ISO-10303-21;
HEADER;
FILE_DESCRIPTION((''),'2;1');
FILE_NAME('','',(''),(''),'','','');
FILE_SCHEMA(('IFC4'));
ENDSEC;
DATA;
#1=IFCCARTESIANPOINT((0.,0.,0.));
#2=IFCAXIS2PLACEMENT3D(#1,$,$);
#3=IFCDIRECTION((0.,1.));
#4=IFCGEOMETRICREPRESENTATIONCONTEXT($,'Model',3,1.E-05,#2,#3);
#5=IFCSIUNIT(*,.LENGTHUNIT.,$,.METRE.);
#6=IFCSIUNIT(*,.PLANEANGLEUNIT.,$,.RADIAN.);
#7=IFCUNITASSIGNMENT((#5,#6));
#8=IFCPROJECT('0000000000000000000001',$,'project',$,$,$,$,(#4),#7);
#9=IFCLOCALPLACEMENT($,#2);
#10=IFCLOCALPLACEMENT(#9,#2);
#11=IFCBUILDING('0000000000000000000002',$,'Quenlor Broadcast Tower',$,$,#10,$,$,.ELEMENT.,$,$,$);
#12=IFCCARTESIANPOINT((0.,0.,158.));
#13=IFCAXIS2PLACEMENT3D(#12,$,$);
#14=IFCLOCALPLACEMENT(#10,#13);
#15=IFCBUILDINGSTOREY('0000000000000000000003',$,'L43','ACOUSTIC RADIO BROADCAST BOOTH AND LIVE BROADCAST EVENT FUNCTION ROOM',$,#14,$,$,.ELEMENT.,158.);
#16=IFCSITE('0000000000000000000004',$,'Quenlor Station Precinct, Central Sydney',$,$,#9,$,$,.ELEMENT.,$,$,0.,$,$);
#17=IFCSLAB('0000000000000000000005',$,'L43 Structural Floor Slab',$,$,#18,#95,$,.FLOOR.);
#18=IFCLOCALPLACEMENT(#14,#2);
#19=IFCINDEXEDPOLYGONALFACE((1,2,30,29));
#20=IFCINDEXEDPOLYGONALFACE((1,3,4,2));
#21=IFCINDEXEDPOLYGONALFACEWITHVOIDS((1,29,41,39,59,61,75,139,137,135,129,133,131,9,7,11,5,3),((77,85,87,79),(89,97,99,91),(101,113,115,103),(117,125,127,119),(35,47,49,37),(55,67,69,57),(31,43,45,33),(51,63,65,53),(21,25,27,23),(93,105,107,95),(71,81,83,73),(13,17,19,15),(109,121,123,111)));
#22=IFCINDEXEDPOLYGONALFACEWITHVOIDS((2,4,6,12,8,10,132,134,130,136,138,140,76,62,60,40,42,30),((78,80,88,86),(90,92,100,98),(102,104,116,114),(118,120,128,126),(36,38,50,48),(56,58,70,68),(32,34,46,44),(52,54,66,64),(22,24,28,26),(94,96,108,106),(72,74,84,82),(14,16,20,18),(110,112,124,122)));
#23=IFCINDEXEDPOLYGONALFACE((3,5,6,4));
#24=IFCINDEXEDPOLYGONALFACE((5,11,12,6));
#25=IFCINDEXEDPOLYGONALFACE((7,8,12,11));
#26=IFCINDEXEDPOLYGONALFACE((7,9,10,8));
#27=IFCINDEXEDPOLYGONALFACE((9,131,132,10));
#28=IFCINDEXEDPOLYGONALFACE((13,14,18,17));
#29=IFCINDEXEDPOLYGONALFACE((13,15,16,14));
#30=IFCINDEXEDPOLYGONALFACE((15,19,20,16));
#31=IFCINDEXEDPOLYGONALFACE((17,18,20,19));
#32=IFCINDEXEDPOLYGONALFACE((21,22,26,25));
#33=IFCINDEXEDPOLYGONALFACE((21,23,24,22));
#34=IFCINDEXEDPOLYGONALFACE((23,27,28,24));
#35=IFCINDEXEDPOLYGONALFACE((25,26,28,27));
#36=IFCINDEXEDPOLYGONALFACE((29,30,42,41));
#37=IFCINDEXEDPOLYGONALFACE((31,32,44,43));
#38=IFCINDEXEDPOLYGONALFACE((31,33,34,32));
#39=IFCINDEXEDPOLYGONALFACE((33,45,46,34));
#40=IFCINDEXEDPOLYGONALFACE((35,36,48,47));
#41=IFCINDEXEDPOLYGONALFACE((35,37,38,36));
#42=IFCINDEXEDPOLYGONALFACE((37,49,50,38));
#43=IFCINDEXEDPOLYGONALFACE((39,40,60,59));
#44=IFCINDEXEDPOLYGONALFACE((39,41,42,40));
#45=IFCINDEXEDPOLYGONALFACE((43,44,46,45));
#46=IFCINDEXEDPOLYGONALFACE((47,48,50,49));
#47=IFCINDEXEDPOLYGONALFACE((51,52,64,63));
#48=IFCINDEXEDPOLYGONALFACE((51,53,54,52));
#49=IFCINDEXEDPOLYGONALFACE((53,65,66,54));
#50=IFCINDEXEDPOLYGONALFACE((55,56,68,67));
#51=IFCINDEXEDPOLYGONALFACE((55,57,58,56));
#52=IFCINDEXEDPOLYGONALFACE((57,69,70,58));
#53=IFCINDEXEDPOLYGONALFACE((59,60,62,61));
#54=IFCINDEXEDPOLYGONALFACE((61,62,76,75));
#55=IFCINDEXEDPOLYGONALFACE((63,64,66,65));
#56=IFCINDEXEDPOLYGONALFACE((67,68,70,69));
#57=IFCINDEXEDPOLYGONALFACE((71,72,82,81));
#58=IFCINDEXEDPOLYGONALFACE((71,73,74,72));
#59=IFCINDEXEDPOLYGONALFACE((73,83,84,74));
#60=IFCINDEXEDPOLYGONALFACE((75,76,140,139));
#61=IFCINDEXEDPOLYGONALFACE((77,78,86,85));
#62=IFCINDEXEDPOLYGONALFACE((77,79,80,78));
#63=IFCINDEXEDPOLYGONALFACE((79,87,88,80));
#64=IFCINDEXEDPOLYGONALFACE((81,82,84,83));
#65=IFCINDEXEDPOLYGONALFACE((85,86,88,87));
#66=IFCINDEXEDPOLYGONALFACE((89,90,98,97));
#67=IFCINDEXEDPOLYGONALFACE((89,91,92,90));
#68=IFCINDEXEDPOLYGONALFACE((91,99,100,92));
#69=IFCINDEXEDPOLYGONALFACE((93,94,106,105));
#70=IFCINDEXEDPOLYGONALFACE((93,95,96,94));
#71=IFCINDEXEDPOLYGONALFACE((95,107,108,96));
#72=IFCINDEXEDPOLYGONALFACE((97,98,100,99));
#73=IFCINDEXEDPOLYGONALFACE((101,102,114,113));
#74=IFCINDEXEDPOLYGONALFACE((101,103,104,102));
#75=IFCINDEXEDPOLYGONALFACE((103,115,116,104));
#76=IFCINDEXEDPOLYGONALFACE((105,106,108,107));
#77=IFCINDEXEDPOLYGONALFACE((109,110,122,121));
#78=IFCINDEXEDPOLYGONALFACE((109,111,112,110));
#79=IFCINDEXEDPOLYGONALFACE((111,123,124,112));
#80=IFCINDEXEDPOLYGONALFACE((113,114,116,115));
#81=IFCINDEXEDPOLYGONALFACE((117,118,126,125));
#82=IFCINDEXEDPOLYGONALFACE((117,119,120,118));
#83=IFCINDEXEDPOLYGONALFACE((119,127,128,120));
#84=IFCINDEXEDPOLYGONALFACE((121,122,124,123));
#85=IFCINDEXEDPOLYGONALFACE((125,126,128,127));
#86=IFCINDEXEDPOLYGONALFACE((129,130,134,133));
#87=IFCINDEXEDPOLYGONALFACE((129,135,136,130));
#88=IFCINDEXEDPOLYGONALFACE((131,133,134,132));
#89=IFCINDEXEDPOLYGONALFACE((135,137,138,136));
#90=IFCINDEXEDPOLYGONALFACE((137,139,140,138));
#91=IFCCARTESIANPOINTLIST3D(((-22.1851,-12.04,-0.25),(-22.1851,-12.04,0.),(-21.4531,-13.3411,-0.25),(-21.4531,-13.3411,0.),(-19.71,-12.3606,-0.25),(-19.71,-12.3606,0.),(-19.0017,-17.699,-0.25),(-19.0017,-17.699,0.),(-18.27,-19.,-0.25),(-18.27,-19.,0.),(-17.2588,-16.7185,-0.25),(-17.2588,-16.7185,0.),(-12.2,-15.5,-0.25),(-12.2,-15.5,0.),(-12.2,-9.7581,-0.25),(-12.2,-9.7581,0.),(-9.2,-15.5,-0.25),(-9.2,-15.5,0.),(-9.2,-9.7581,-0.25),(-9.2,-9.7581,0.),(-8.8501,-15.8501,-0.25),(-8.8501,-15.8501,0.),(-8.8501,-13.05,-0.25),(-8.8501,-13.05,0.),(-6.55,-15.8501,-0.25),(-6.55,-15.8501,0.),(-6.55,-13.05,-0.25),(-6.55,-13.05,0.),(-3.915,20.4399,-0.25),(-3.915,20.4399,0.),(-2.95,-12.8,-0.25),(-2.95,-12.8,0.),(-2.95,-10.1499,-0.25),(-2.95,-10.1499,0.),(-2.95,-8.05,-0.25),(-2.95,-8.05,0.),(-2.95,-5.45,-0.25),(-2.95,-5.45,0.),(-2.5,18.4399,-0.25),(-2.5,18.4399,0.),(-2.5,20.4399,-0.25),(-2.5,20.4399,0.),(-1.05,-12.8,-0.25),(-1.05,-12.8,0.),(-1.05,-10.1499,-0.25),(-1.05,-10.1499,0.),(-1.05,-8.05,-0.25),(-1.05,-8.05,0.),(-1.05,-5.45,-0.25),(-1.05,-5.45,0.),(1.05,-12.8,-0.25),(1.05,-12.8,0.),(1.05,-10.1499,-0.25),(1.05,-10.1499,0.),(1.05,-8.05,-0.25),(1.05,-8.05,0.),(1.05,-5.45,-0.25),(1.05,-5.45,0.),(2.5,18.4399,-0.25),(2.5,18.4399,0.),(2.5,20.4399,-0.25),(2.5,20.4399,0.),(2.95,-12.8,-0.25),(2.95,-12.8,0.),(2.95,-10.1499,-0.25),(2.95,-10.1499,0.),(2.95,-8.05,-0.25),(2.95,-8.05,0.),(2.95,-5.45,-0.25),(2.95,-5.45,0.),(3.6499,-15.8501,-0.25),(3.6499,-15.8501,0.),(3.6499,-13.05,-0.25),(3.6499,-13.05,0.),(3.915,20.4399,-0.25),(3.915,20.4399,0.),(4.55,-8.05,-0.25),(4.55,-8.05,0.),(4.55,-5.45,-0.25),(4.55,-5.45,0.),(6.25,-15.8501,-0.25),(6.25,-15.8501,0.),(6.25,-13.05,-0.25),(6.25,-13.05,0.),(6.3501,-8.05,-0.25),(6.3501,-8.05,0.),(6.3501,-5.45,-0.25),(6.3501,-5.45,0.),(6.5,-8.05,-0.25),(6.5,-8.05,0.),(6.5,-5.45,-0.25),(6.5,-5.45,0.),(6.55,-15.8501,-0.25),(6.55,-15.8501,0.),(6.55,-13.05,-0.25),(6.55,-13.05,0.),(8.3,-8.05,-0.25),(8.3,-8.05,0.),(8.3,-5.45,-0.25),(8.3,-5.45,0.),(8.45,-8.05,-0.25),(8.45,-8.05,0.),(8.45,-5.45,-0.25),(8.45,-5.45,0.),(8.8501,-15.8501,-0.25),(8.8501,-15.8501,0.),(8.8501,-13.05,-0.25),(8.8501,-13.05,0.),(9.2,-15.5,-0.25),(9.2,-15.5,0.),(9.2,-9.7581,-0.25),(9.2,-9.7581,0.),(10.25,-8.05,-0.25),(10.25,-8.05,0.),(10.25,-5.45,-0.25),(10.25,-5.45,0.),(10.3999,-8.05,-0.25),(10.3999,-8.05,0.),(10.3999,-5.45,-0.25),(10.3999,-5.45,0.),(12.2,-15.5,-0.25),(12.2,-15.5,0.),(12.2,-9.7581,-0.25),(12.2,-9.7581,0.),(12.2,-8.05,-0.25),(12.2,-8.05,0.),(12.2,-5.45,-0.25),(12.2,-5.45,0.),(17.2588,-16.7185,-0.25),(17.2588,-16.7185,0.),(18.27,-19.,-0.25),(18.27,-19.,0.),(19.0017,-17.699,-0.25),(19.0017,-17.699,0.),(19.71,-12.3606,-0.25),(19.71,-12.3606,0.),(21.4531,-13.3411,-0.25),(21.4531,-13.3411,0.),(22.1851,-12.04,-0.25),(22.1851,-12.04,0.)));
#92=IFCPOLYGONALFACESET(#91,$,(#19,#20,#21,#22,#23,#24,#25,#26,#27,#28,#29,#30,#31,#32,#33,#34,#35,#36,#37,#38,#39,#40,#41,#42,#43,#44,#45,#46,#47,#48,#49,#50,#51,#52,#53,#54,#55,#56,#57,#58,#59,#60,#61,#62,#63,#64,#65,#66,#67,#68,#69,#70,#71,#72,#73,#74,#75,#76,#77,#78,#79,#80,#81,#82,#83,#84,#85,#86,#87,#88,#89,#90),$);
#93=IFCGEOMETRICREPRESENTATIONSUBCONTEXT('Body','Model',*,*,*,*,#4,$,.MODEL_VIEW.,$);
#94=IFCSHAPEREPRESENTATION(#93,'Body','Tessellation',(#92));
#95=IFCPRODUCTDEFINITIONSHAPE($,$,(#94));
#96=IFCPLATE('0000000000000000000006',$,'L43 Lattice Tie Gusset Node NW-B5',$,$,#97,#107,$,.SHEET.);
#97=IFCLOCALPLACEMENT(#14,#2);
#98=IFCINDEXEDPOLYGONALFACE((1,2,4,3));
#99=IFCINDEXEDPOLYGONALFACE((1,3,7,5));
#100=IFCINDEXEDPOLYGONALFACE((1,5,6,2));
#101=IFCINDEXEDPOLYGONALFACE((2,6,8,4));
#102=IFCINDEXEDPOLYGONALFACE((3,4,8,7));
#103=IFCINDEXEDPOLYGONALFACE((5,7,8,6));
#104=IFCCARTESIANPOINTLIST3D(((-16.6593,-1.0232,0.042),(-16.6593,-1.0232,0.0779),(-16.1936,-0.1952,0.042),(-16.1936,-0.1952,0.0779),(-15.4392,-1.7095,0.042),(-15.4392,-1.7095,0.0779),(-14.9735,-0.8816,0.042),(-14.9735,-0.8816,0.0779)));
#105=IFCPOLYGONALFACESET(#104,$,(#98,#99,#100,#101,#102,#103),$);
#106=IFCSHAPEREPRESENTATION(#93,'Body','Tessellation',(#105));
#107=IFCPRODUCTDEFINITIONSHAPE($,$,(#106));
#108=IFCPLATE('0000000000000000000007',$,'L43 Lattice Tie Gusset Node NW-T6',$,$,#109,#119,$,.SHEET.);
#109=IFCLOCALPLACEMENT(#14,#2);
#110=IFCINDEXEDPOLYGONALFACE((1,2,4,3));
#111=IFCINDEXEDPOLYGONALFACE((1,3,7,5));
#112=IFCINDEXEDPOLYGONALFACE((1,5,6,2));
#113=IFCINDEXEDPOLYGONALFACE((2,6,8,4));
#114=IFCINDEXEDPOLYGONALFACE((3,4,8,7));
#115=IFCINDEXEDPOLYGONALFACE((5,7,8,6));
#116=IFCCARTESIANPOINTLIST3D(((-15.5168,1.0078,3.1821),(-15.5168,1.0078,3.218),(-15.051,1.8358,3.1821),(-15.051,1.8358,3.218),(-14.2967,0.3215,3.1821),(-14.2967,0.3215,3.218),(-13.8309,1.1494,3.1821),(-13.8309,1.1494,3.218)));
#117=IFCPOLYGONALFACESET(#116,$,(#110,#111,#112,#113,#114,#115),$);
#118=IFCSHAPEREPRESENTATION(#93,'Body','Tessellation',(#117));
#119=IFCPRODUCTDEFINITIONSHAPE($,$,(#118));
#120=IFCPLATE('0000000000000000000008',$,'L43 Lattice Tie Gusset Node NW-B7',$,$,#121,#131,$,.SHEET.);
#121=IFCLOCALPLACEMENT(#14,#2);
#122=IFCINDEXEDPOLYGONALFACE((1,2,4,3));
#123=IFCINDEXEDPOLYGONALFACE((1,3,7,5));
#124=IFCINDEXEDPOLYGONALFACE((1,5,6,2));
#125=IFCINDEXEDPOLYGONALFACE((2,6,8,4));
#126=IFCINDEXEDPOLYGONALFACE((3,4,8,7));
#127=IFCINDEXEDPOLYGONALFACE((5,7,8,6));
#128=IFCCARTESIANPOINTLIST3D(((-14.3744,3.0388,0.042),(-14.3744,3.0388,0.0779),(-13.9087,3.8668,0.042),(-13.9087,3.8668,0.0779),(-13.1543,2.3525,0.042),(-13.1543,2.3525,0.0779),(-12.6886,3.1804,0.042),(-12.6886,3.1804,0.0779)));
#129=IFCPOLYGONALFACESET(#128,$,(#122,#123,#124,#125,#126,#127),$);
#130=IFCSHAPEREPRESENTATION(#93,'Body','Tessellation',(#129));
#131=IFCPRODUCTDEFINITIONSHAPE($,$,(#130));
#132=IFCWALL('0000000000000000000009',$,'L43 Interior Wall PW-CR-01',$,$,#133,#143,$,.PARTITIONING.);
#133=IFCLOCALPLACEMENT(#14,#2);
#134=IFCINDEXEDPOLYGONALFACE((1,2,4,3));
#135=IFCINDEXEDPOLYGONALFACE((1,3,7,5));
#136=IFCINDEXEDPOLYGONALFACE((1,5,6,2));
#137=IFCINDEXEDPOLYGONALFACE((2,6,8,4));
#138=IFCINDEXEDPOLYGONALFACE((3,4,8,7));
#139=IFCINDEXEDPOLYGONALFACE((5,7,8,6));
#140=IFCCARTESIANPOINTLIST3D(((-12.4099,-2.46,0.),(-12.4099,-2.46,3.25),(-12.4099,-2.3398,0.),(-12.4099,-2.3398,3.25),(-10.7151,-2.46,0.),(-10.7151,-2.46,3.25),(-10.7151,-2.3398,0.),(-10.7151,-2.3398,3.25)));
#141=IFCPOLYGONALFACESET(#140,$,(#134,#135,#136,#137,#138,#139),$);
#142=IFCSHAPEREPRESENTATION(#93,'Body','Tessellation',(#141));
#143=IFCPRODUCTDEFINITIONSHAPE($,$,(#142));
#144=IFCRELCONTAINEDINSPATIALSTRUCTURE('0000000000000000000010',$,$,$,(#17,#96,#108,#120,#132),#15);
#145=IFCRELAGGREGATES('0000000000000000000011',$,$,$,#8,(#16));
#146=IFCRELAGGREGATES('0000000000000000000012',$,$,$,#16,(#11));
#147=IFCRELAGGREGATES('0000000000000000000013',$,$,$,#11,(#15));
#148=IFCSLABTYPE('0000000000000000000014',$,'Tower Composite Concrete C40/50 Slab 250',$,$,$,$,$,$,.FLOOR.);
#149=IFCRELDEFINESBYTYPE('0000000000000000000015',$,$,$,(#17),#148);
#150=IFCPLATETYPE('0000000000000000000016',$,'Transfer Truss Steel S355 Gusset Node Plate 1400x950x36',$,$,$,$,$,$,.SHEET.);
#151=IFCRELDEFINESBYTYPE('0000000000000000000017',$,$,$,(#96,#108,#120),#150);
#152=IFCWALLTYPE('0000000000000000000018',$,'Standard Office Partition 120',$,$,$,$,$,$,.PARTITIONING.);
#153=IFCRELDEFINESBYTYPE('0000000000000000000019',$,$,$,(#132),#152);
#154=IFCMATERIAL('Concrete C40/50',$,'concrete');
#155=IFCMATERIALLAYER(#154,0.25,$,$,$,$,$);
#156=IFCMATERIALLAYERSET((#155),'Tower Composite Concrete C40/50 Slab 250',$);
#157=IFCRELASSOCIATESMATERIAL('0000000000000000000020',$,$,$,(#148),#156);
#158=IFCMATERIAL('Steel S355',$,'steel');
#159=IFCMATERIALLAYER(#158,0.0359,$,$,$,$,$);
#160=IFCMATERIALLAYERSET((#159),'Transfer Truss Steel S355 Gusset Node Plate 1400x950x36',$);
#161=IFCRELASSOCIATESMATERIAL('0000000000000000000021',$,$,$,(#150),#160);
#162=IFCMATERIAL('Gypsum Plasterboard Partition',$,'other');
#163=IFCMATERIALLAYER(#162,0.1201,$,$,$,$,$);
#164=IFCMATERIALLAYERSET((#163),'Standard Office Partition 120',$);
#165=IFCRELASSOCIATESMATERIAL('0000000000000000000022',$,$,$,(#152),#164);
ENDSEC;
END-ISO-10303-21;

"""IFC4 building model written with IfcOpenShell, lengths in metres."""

from ifc_helpers import new_model, si_unit, direction, frame, frame_2d, origin, origin_2d, place, context, subcontext, project, spatial, polyline, rectangle, outline, extrude, material, layer, layer_set, type_object, element, save


model = new_model("IFC4")

# Units and contexts
model_context = context("Model", 3, precision=1e-05, world=origin(), true_north=direction((0.0, 1.0)))
body_context = subcontext(model_context, "Body", "Model", "MODEL_VIEW")
ifc_project = project(units=[si_unit("LENGTHUNIT", "METRE"), si_unit("PLANEANGLEUNIT", "RADIAN")], contexts=[model_context])

# Site, building, storey
site_placement = place(None, origin())
site = spatial("IfcSite", under=ifc_project, at=site_placement, Name="Quenlor Station Precinct, Central Sydney", CompositionType="ELEMENT", RefElevation=0.0)
building_placement = place(site_placement, origin())
building = spatial("IfcBuilding", under=site, at=building_placement, Name="Quenlor Broadcast Tower", CompositionType="ELEMENT")
storey_placement = place(building_placement, frame((0.0, 0.0, 158.0)))
storey = spatial("IfcBuildingStorey", under=building, at=storey_placement, Name="L43", Description="ACOUSTIC RADIO BROADCAST BOOTH AND LIVE BROADCAST EVENT FUNCTION ROOM", CompositionType="ELEMENT", Elevation=158.0)

# Slab
ifc_material_1 = material(Name="Concrete C40/50", Category="concrete")
ifc_layer_1 = layer(ifc_material_1, 0.25)
ifc_layer_set_1 = layer_set([ifc_layer_1], Name="Tower Composite Concrete C40/50 Slab 250")
slab_type = type_object("IfcSlabType", Name="Tower Composite Concrete C40/50 Slab 250", PredefinedType="FLOOR", material=ifc_layer_set_1)
slab_placement = place(storey_placement, frame((0.0, 0.0, -0.25)))
element("IfcSlab", 1, at=slab_placement, inside=storey, type_object=slab_type, Name="L43 Structural Floor Slab", PredefinedType="FLOOR", context=body_context, shape_type="SweptSolid", body=[
    extrude(outline(polyline([(18.27, -19.0), (19.0017, -17.699), (17.2588, -16.7185), (19.71, -12.3606), (21.4531, -13.3411), (22.1851, -12.04), (3.915, 20.4399), (2.5, 20.4399), (2.5, 18.4399), (-2.5, 18.4399), (-2.5, 20.4399), (-3.915, 20.4399), (-22.1851, -12.04), (-21.4531, -13.3411), (-19.71, -12.3606), (-17.2588, -16.7185), (-19.0017, -17.699), (-18.27, -19.0), (18.27, -19.0)]), holes=[polyline([(-12.2, -9.7581), (-12.2, -15.5), (-9.2, -15.5), (-9.2, -9.7581), (-12.2, -9.7581)]), polyline([(9.2, -9.7581), (9.2, -15.5), (12.2, -15.5), (12.2, -9.7581), (9.2, -9.7581)]), polyline([(-2.95, -8.05), (-1.05, -8.05), (-1.05, -5.45), (-2.95, -5.45), (-2.95, -8.05)]), polyline([(1.05, -8.05), (2.95, -8.05), (2.95, -5.45), (1.05, -5.45), (1.05, -8.05)]), polyline([(-2.95, -12.8), (-1.05, -12.8), (-1.05, -10.1499), (-2.95, -10.1499), (-2.95, -12.8)]), polyline([(1.05, -12.8), (2.95, -12.8), (2.95, -10.1499), (1.05, -10.1499), (1.05, -12.8)]), polyline([(4.55, -8.05), (6.3501, -8.05), (6.3501, -5.45), (4.55, -5.45), (4.55, -8.05)]), polyline([(6.5, -8.05), (8.3, -8.05), (8.3, -5.45), (6.5, -5.45), (6.5, -8.05)]), polyline([(8.45, -8.05), (10.25, -8.05), (10.25, -5.45), (8.45, -5.45), (8.45, -8.05)]), polyline([(10.3999, -8.05), (12.2, -8.05), (12.2, -5.45), (10.3999, -5.45), (10.3999, -8.05)]), polyline([(-8.8501, -15.8501), (-6.55, -15.8501), (-6.55, -13.05), (-8.8501, -13.05), (-8.8501, -15.8501)]), polyline([(6.55, -15.8501), (8.8501, -15.8501), (8.8501, -13.05), (6.55, -13.05), (6.55, -15.8501)]), polyline([(3.6499, -15.8501), (6.25, -15.8501), (6.25, -13.05), (3.6499, -13.05), (3.6499, -15.8501)])]), origin(), (0.0, 0.0, 1.0), 0.25),
])

# Plates
ifc_material_2 = material(Name="Steel S355", Category="steel")
ifc_layer_2 = layer(ifc_material_2, 0.0359)
ifc_layer_set_2 = layer_set([ifc_layer_2], Name="Transfer Truss Steel S355 Gusset Node Plate 1400x950x36")
plate_type_1 = type_object("IfcPlateType", Name="Transfer Truss Steel S355 Gusset Node Plate 1400x950x36", PredefinedType="SHEET", material=ifc_layer_set_2)
for number, where, z_axis, x_axis, name in (
    (2, (-15.8164, -0.9524, 0.042), (0.0, 0.0, 1.0), (-0.871556, 0.490295, 0.0), "L43 Lattice Tie Gusset Node NW-B5"),
    (3, (-14.6738, 1.0786, 3.1821), (0.0, 0.0, 1.0), (-0.871556, 0.490295, 0.0), "L43 Lattice Tie Gusset Node NW-T6"),
    (4, (-13.5315, 3.1096, 0.042), (0.0, 0.0, 1.0), (-0.871556, 0.490295, 0.0), "L43 Lattice Tie Gusset Node NW-B7"),
):
    element("IfcPlate", number, at=place(storey_placement, frame(where, z_axis=z_axis, x_axis=x_axis)), inside=storey, type_object=plate_type_1, Name=name, PredefinedType="SHEET", context=body_context, shape_type="SweptSolid", body=[
        extrude(rectangle(XDim=1.3999, YDim=0.95, at=origin_2d()), origin(), (0.0, 0.0, 1.0), 0.0359),
    ])

# Wall
ifc_material_3 = material(Name="Gypsum Plasterboard Partition", Category="other")
ifc_layer_3 = layer(ifc_material_3, 0.1201)
ifc_layer_set_3 = layer_set([ifc_layer_3], Name="Standard Office Partition 120")
wall_type_1 = type_object("IfcWallType", Name="Standard Office Partition 120", PredefinedType="PARTITIONING", material=ifc_layer_set_3)
wall_1_placement = place(storey_placement, frame((-12.4099, -2.3999, 0.0), z_axis=(0.0, 0.0, 1.0), x_axis=(1.0, 0.0, 0.0)))
element("IfcWall", 5, at=wall_1_placement, inside=storey, type_object=wall_type_1, Name="L43 Interior Wall PW-CR-01", PredefinedType="PARTITIONING", context=body_context, shape_type="SweptSolid", body=[
    extrude(rectangle(XDim=1.6948, YDim=0.1201, at=frame_2d((0.8474, 0.0))), origin(), (0.0, 0.0, 1.0), 3.25),
])

save(model, "model.ifc")
